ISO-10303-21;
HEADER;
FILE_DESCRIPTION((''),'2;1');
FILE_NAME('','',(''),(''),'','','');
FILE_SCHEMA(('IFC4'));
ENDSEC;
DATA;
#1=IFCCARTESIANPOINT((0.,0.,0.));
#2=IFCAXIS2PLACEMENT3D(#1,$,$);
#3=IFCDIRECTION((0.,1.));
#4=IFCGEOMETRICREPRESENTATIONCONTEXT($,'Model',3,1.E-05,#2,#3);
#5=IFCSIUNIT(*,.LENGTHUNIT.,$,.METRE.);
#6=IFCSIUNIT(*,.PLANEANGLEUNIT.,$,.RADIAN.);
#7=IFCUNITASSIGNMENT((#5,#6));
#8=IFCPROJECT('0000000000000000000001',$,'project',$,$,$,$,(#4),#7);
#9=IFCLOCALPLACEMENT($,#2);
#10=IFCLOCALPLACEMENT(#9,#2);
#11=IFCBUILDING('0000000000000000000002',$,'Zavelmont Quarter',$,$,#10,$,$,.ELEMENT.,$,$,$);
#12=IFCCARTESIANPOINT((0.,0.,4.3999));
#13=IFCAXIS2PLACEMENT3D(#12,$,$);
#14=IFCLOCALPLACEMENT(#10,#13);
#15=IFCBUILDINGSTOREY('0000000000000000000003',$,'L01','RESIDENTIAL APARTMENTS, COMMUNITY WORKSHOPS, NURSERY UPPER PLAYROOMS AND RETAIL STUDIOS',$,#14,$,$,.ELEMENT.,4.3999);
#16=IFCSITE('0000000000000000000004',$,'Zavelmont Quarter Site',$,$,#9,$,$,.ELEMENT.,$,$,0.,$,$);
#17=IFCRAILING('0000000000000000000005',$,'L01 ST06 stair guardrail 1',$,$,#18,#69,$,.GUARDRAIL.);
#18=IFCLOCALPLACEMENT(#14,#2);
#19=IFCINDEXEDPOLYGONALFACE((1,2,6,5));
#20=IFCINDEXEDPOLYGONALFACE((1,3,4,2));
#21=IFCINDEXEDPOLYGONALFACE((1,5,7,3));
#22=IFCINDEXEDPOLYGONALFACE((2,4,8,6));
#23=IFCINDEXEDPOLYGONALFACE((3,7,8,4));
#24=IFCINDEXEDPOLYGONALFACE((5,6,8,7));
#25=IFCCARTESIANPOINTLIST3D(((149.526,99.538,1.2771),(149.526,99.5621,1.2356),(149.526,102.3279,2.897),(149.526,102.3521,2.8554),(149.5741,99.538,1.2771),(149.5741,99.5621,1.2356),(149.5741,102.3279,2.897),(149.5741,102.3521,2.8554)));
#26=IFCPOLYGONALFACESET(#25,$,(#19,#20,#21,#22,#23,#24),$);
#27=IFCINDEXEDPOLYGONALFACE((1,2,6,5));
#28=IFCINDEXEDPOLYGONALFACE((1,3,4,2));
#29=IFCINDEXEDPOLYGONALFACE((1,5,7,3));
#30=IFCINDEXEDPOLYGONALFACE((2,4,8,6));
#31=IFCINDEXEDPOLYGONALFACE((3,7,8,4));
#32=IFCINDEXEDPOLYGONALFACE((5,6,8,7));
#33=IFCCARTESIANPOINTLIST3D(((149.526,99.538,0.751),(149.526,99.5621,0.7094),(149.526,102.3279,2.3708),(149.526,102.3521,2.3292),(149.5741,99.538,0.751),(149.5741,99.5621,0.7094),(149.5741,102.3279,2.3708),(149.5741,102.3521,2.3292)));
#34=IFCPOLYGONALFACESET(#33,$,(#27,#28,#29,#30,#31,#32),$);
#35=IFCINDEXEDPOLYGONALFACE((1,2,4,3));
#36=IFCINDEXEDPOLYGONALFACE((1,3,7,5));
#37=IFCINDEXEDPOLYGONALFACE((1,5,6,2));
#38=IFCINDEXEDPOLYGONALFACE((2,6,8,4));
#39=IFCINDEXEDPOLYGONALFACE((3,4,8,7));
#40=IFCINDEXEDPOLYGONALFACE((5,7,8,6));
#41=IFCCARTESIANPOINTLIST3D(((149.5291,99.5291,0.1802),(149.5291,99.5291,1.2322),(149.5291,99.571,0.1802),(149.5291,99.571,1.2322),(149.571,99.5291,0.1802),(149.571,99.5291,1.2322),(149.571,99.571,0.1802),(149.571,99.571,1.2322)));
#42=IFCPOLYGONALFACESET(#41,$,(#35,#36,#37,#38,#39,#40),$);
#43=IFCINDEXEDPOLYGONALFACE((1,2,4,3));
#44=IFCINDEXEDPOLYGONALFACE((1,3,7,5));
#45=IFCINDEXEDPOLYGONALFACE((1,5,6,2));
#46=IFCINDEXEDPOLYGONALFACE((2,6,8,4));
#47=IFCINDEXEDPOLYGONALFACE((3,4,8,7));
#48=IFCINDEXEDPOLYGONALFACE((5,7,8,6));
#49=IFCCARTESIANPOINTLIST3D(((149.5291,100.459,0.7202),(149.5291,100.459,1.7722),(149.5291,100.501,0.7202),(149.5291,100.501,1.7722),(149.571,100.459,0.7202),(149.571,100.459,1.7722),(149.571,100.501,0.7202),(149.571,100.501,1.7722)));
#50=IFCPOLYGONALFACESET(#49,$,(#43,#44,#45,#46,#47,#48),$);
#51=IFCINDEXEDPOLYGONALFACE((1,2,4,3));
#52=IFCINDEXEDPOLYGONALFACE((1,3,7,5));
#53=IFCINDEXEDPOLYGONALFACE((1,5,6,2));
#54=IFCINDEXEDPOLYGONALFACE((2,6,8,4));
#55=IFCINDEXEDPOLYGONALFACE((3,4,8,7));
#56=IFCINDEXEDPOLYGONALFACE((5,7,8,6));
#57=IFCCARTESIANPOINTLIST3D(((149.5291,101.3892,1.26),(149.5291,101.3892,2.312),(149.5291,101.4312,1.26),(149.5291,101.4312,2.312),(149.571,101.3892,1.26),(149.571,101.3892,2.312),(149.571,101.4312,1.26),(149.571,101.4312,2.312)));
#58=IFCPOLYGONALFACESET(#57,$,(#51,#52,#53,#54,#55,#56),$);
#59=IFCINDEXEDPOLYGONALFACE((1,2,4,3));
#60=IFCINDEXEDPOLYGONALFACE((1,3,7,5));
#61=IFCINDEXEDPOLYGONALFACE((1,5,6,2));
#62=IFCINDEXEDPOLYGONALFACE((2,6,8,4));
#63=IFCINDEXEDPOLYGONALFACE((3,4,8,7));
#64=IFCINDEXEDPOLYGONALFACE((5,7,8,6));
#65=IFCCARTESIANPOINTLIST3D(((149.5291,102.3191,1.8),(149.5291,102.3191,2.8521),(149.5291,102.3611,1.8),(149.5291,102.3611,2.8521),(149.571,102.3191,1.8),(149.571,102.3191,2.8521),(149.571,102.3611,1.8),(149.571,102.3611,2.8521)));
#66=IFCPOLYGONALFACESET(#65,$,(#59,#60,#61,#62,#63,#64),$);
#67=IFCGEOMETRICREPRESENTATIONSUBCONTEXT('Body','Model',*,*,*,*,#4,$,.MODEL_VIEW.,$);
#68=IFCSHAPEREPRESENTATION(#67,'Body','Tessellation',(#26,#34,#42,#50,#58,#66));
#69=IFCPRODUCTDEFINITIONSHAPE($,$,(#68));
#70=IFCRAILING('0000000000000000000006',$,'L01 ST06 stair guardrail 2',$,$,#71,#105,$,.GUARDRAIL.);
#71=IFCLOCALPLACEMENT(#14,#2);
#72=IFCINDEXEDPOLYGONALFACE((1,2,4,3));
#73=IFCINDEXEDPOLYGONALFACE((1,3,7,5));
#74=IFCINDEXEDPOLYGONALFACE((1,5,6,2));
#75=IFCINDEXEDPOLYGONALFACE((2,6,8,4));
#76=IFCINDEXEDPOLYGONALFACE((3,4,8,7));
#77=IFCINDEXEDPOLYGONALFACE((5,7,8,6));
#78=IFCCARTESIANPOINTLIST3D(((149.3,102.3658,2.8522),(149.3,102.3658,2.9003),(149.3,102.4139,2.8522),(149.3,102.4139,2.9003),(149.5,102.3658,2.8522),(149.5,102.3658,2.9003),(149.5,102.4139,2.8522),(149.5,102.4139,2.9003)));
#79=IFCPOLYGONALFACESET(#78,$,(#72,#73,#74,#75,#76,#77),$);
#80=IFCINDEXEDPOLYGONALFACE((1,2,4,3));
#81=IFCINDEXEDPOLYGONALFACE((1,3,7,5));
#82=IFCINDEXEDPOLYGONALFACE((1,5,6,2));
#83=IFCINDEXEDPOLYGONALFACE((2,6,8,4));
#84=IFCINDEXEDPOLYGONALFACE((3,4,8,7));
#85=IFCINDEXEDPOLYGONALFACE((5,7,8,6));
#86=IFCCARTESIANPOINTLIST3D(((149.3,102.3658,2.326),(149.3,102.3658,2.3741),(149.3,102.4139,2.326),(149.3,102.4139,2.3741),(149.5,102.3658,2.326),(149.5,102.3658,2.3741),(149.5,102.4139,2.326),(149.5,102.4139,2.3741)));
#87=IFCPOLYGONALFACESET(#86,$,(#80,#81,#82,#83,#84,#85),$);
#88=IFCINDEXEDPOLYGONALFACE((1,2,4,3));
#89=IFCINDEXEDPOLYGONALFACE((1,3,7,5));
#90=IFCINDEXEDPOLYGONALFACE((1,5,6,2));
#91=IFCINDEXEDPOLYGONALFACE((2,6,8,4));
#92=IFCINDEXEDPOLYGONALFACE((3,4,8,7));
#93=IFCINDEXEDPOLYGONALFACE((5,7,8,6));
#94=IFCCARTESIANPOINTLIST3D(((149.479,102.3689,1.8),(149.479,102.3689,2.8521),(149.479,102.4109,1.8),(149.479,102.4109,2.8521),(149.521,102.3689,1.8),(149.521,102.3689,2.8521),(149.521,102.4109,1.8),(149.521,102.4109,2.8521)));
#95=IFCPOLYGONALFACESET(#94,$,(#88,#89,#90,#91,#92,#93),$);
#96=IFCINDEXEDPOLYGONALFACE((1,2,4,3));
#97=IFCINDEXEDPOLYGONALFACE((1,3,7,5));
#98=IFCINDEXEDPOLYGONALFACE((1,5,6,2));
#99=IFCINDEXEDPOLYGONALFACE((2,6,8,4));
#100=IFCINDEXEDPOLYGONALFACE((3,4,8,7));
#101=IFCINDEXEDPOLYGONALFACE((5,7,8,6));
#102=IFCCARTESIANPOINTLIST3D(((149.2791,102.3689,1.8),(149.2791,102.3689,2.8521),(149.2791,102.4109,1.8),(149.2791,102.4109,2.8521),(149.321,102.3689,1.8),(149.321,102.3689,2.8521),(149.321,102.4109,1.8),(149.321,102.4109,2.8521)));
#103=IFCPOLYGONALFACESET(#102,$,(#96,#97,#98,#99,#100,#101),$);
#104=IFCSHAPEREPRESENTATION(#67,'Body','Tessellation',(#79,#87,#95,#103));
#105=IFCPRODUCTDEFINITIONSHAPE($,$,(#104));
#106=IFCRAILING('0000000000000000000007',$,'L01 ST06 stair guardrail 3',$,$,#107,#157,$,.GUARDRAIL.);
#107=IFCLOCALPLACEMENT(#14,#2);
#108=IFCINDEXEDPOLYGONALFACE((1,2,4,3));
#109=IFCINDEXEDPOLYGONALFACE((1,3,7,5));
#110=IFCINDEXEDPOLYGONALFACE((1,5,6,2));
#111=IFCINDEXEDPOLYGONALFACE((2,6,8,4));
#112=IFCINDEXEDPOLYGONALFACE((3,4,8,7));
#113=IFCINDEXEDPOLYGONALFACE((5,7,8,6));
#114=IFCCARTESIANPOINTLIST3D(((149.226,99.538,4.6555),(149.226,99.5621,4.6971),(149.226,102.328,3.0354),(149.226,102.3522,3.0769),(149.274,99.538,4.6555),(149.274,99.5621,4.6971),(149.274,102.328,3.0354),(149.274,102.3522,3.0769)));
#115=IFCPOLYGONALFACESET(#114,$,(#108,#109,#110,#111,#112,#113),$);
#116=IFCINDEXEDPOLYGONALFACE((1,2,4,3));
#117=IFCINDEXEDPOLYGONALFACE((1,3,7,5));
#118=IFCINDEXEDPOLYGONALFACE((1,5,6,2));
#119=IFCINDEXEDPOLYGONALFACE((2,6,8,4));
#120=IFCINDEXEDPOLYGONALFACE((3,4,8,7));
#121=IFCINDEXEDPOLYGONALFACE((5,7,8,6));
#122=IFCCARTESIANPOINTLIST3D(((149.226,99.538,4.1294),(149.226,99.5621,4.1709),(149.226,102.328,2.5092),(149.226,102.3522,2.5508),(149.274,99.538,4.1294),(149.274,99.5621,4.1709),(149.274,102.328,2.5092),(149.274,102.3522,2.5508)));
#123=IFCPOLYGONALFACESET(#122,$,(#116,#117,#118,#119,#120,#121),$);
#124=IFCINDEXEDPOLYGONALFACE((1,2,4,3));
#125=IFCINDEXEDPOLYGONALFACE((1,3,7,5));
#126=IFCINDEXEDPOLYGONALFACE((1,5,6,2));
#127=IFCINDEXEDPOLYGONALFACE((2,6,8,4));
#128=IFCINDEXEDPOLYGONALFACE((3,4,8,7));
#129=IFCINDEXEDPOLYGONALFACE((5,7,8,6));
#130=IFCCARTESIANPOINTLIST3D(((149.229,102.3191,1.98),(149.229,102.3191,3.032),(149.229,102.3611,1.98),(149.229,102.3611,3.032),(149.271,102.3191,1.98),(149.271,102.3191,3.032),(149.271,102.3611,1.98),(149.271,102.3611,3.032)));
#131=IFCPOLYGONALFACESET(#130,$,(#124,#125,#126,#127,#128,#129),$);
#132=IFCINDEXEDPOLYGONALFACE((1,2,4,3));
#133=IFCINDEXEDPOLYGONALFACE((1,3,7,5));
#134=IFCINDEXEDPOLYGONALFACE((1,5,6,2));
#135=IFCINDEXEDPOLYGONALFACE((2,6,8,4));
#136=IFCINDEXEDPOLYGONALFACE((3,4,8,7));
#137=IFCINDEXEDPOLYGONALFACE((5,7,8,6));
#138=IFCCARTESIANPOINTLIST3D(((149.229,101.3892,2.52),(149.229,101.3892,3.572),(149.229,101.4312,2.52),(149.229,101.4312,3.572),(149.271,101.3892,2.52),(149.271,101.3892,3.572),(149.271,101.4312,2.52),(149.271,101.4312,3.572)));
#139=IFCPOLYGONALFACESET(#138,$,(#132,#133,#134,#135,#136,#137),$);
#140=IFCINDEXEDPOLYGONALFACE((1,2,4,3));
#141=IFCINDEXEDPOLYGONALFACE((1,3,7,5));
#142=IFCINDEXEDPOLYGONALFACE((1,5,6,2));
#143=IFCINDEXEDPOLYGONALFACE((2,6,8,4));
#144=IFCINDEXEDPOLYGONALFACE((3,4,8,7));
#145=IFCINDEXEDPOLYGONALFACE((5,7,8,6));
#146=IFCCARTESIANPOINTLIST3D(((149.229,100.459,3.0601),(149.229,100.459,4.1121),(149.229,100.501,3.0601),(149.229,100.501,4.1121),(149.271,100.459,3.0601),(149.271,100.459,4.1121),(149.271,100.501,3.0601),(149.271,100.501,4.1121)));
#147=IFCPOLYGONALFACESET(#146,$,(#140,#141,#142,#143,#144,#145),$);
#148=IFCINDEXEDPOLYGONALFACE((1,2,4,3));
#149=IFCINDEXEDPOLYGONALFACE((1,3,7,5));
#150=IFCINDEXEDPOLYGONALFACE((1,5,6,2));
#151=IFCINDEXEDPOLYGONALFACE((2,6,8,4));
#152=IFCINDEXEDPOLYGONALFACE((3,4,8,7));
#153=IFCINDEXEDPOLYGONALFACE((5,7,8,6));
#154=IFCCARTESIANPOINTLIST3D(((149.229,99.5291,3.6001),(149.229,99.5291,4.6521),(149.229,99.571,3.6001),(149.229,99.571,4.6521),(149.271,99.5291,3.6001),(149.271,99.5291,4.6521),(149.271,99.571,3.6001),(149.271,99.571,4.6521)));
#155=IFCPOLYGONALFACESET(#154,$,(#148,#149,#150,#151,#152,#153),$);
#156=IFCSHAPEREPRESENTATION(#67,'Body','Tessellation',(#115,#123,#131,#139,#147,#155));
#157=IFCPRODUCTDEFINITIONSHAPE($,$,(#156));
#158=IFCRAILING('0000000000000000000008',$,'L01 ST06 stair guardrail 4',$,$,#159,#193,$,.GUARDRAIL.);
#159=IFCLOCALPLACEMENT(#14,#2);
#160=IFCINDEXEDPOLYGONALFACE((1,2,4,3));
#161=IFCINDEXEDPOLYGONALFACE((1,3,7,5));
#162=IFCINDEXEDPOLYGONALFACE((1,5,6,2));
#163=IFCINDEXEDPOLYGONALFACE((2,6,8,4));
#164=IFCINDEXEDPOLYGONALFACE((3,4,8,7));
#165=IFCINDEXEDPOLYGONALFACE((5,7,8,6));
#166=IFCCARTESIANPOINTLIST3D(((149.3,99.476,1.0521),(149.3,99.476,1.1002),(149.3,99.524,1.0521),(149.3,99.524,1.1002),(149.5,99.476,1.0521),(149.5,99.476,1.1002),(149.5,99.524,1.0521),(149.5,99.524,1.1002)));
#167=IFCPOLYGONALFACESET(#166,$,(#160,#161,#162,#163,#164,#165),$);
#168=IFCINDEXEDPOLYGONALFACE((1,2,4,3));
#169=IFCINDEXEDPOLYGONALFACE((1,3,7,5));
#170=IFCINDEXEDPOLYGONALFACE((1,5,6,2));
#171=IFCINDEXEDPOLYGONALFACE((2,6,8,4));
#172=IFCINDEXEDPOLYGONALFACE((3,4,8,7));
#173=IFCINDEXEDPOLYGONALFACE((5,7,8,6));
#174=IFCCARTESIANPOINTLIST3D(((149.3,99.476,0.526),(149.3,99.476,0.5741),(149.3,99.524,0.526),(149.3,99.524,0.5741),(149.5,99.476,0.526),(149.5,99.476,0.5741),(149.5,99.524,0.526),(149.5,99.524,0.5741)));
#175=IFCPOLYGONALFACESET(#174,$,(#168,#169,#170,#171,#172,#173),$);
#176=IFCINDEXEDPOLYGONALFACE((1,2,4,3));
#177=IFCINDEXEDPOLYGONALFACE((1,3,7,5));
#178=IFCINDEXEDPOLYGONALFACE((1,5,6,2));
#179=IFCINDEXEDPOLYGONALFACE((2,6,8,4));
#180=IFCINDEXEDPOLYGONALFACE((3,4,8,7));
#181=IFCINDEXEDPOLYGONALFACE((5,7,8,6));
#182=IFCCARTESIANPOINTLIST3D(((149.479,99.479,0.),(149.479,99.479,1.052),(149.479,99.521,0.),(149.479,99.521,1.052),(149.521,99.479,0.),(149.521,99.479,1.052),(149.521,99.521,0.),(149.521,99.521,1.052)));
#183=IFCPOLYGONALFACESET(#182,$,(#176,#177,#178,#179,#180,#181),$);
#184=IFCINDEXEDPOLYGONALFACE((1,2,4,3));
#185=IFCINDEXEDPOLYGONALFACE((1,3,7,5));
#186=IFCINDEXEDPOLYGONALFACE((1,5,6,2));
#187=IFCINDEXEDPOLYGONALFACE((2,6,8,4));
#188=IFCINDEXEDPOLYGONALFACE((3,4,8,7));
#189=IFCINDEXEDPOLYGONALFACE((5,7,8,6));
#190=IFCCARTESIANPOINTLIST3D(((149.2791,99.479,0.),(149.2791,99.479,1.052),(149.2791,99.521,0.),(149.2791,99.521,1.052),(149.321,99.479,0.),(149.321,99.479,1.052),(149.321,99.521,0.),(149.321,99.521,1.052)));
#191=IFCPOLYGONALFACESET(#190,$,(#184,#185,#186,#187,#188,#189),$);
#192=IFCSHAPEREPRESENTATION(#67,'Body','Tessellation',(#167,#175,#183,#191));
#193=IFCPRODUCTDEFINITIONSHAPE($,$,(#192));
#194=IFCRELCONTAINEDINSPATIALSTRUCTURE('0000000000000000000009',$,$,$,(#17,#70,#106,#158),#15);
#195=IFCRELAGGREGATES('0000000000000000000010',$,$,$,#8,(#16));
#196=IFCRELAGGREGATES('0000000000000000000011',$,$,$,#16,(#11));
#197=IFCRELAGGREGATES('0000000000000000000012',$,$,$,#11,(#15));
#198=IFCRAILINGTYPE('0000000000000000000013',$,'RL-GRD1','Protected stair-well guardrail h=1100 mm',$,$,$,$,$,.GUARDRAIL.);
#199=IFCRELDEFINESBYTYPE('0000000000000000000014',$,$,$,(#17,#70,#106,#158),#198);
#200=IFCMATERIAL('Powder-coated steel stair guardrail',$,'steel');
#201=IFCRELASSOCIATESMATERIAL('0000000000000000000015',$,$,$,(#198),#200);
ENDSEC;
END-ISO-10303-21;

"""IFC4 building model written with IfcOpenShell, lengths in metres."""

from ifc_helpers import new_model, si_unit, direction, frame, origin, origin_2d, place, context, subcontext, project, spatial, rectangle, extrude, material, type_object, element, save


model = new_model("IFC4")

# Units and contexts
model_context = context("Model", 3, precision=1e-05, world=origin(), true_north=direction((0.0, 1.0)))
body_context = subcontext(model_context, "Body", "Model", "MODEL_VIEW")
ifc_project = project(units=[si_unit("LENGTHUNIT", "METRE"), si_unit("PLANEANGLEUNIT", "RADIAN")], contexts=[model_context])

# Site, building, storey
site_placement = place(None, origin())
site = spatial("IfcSite", under=ifc_project, at=site_placement, Name="Zavelmont Quarter Site", CompositionType="ELEMENT", RefElevation=0.0)
building_placement = place(site_placement, origin())
building = spatial("IfcBuilding", under=site, at=building_placement, Name="Zavelmont Quarter", CompositionType="ELEMENT")
storey_placement = place(building_placement, frame((0.0, 0.0, 4.3999)))
storey = spatial("IfcBuildingStorey", under=building, at=storey_placement, Name="L01", Description="RESIDENTIAL APARTMENTS, COMMUNITY WORKSHOPS, NURSERY UPPER PLAYROOMS AND RETAIL STUDIOS", CompositionType="ELEMENT", Elevation=4.3999)

# Railings
ifc_material_1 = material(Name="Powder-coated steel stair guardrail", Category="steel")
railing_type_1 = type_object("IfcRailingType", Name="RL-GRD1", Description="Protected stair-well guardrail h=1100 mm", PredefinedType="GUARDRAIL", material=ifc_material_1)
railing_1_placement = place(storey_placement, frame((149.55, 99.55, 0.1802)))
element("IfcRailing", 1, at=railing_1_placement, inside=storey, type_object=railing_type_1, Name="L01 ST06 stair guardrail 1", PredefinedType="GUARDRAIL", context=body_context, shape_type="SweptSolid", body=[
    extrude(rectangle(XDim=0.0481, YDim=0.0481, at=origin_2d()), frame((0.0, 0.0, 1.0762), z_axis=(0.0, 0.864809, 0.502101), x_axis=(-1.0, 0.0, 0.0)), (0.0, 0.0, 1.0), 3.2261),
    extrude(rectangle(XDim=0.0481, YDim=0.0481, at=origin_2d()), frame((0.0, 0.0, 0.55), z_axis=(0.0, 0.864809, 0.502101), x_axis=(-1.0, 0.0, 0.0)), (0.0, 0.0, 1.0), 3.2261),
    extrude(rectangle(XDim=0.042, YDim=0.042, at=origin_2d()), origin(), (0.0, 0.0, 1.0), 1.052),
    extrude(rectangle(XDim=0.042, YDim=0.042, at=origin_2d()), frame((0.0, 0.9299, 0.54)), (0.0, 0.0, 1.0), 1.052),
    extrude(rectangle(XDim=0.042, YDim=0.042, at=origin_2d()), frame((0.0, 1.8601, 1.0798)), (0.0, 0.0, 1.0), 1.052),
    extrude(rectangle(XDim=0.042, YDim=0.042, at=origin_2d()), frame((0.0, 2.79, 1.6199)), (0.0, 0.0, 1.0), 1.052),
])
railing_2_placement = place(storey_placement, frame((149.5, 102.3899, 1.8)))
element("IfcRailing", 2, at=railing_2_placement, inside=storey, type_object=railing_type_1, Name="L01 ST06 stair guardrail 2", PredefinedType="GUARDRAIL", context=body_context, shape_type="SweptSolid", body=[
    extrude(rectangle(XDim=0.0481, YDim=0.0481, at=origin_2d()), frame((0.0, 0.0, 1.0762), z_axis=(-1.0, 0.0, 0.0), x_axis=(0.0, -1.0, 0.0)), (0.0, 0.0, 1.0), 0.2),
    extrude(rectangle(XDim=0.0481, YDim=0.0481, at=origin_2d()), frame((0.0, 0.0, 0.55), z_axis=(-1.0, 0.0, 0.0), x_axis=(0.0, -1.0, 0.0)), (0.0, 0.0, 1.0), 0.2),
    extrude(rectangle(XDim=0.042, YDim=0.042, at=origin_2d()), origin(), (0.0, 0.0, 1.0), 1.052),
    extrude(rectangle(XDim=0.042, YDim=0.042, at=origin_2d()), frame((-0.2, 0.0, 0.0)), (0.0, 0.0, 1.0), 1.052),
])
railing_3_placement = place(storey_placement, frame((149.25, 102.3401, 1.98)))
element("IfcRailing", 3, at=railing_3_placement, inside=storey, type_object=railing_type_1, Name="L01 ST06 stair guardrail 3", PredefinedType="GUARDRAIL", context=body_context, shape_type="SweptSolid", body=[
    extrude(rectangle(XDim=0.0481, YDim=0.0481, at=origin_2d()), frame((0.0, 0.0, 1.0762), z_axis=(0.0, -0.864776, 0.502157), x_axis=(1.0, 0.0, 0.0)), (0.0, 0.0, 1.0), 3.2263),
    extrude(rectangle(XDim=0.0481, YDim=0.0481, at=origin_2d()), frame((0.0, 0.0, 0.55), z_axis=(0.0, -0.864776, 0.502157), x_axis=(1.0, 0.0, 0.0)), (0.0, 0.0, 1.0), 3.2263),
    extrude(rectangle(XDim=0.042, YDim=0.042, at=origin_2d()), origin(), (0.0, 0.0, 1.0), 1.052),
    extrude(rectangle(XDim=0.042, YDim=0.042, at=origin_2d()), frame((0.0, -0.9299, 0.54)), (0.0, 0.0, 1.0), 1.052),
    extrude(rectangle(XDim=0.042, YDim=0.042, at=origin_2d()), frame((0.0, -1.8601, 1.0801)), (0.0, 0.0, 1.0), 1.052),
    extrude(rectangle(XDim=0.042, YDim=0.042, at=origin_2d()), frame((0.0, -2.79, 1.6201)), (0.0, 0.0, 1.0), 1.052),
])
railing_4_placement = place(storey_placement, frame((149.5, 99.5, 0.0)))
element("IfcRailing", 4, at=railing_4_placement, inside=storey, type_object=railing_type_1, Name="L01 ST06 stair guardrail 4", PredefinedType="GUARDRAIL", context=body_context, shape_type="SweptSolid", body=[
    extrude(rectangle(XDim=0.0481, YDim=0.0481, at=origin_2d()), frame((0.0, 0.0, 1.0762), z_axis=(-1.0, 0.0, 0.0), x_axis=(0.0, -1.0, 0.0)), (0.0, 0.0, 1.0), 0.2),
    extrude(rectangle(XDim=0.0481, YDim=0.0481, at=origin_2d()), frame((0.0, 0.0, 0.55), z_axis=(-1.0, 0.0, 0.0), x_axis=(0.0, -1.0, 0.0)), (0.0, 0.0, 1.0), 0.2),
    extrude(rectangle(XDim=0.042, YDim=0.042, at=origin_2d()), origin(), (0.0, 0.0, 1.0), 1.052),
    extrude(rectangle(XDim=0.042, YDim=0.042, at=origin_2d()), frame((-0.2, 0.0, 0.0)), (0.0, 0.0, 1.0), 1.052),
])

save(model, "model.ifc")
